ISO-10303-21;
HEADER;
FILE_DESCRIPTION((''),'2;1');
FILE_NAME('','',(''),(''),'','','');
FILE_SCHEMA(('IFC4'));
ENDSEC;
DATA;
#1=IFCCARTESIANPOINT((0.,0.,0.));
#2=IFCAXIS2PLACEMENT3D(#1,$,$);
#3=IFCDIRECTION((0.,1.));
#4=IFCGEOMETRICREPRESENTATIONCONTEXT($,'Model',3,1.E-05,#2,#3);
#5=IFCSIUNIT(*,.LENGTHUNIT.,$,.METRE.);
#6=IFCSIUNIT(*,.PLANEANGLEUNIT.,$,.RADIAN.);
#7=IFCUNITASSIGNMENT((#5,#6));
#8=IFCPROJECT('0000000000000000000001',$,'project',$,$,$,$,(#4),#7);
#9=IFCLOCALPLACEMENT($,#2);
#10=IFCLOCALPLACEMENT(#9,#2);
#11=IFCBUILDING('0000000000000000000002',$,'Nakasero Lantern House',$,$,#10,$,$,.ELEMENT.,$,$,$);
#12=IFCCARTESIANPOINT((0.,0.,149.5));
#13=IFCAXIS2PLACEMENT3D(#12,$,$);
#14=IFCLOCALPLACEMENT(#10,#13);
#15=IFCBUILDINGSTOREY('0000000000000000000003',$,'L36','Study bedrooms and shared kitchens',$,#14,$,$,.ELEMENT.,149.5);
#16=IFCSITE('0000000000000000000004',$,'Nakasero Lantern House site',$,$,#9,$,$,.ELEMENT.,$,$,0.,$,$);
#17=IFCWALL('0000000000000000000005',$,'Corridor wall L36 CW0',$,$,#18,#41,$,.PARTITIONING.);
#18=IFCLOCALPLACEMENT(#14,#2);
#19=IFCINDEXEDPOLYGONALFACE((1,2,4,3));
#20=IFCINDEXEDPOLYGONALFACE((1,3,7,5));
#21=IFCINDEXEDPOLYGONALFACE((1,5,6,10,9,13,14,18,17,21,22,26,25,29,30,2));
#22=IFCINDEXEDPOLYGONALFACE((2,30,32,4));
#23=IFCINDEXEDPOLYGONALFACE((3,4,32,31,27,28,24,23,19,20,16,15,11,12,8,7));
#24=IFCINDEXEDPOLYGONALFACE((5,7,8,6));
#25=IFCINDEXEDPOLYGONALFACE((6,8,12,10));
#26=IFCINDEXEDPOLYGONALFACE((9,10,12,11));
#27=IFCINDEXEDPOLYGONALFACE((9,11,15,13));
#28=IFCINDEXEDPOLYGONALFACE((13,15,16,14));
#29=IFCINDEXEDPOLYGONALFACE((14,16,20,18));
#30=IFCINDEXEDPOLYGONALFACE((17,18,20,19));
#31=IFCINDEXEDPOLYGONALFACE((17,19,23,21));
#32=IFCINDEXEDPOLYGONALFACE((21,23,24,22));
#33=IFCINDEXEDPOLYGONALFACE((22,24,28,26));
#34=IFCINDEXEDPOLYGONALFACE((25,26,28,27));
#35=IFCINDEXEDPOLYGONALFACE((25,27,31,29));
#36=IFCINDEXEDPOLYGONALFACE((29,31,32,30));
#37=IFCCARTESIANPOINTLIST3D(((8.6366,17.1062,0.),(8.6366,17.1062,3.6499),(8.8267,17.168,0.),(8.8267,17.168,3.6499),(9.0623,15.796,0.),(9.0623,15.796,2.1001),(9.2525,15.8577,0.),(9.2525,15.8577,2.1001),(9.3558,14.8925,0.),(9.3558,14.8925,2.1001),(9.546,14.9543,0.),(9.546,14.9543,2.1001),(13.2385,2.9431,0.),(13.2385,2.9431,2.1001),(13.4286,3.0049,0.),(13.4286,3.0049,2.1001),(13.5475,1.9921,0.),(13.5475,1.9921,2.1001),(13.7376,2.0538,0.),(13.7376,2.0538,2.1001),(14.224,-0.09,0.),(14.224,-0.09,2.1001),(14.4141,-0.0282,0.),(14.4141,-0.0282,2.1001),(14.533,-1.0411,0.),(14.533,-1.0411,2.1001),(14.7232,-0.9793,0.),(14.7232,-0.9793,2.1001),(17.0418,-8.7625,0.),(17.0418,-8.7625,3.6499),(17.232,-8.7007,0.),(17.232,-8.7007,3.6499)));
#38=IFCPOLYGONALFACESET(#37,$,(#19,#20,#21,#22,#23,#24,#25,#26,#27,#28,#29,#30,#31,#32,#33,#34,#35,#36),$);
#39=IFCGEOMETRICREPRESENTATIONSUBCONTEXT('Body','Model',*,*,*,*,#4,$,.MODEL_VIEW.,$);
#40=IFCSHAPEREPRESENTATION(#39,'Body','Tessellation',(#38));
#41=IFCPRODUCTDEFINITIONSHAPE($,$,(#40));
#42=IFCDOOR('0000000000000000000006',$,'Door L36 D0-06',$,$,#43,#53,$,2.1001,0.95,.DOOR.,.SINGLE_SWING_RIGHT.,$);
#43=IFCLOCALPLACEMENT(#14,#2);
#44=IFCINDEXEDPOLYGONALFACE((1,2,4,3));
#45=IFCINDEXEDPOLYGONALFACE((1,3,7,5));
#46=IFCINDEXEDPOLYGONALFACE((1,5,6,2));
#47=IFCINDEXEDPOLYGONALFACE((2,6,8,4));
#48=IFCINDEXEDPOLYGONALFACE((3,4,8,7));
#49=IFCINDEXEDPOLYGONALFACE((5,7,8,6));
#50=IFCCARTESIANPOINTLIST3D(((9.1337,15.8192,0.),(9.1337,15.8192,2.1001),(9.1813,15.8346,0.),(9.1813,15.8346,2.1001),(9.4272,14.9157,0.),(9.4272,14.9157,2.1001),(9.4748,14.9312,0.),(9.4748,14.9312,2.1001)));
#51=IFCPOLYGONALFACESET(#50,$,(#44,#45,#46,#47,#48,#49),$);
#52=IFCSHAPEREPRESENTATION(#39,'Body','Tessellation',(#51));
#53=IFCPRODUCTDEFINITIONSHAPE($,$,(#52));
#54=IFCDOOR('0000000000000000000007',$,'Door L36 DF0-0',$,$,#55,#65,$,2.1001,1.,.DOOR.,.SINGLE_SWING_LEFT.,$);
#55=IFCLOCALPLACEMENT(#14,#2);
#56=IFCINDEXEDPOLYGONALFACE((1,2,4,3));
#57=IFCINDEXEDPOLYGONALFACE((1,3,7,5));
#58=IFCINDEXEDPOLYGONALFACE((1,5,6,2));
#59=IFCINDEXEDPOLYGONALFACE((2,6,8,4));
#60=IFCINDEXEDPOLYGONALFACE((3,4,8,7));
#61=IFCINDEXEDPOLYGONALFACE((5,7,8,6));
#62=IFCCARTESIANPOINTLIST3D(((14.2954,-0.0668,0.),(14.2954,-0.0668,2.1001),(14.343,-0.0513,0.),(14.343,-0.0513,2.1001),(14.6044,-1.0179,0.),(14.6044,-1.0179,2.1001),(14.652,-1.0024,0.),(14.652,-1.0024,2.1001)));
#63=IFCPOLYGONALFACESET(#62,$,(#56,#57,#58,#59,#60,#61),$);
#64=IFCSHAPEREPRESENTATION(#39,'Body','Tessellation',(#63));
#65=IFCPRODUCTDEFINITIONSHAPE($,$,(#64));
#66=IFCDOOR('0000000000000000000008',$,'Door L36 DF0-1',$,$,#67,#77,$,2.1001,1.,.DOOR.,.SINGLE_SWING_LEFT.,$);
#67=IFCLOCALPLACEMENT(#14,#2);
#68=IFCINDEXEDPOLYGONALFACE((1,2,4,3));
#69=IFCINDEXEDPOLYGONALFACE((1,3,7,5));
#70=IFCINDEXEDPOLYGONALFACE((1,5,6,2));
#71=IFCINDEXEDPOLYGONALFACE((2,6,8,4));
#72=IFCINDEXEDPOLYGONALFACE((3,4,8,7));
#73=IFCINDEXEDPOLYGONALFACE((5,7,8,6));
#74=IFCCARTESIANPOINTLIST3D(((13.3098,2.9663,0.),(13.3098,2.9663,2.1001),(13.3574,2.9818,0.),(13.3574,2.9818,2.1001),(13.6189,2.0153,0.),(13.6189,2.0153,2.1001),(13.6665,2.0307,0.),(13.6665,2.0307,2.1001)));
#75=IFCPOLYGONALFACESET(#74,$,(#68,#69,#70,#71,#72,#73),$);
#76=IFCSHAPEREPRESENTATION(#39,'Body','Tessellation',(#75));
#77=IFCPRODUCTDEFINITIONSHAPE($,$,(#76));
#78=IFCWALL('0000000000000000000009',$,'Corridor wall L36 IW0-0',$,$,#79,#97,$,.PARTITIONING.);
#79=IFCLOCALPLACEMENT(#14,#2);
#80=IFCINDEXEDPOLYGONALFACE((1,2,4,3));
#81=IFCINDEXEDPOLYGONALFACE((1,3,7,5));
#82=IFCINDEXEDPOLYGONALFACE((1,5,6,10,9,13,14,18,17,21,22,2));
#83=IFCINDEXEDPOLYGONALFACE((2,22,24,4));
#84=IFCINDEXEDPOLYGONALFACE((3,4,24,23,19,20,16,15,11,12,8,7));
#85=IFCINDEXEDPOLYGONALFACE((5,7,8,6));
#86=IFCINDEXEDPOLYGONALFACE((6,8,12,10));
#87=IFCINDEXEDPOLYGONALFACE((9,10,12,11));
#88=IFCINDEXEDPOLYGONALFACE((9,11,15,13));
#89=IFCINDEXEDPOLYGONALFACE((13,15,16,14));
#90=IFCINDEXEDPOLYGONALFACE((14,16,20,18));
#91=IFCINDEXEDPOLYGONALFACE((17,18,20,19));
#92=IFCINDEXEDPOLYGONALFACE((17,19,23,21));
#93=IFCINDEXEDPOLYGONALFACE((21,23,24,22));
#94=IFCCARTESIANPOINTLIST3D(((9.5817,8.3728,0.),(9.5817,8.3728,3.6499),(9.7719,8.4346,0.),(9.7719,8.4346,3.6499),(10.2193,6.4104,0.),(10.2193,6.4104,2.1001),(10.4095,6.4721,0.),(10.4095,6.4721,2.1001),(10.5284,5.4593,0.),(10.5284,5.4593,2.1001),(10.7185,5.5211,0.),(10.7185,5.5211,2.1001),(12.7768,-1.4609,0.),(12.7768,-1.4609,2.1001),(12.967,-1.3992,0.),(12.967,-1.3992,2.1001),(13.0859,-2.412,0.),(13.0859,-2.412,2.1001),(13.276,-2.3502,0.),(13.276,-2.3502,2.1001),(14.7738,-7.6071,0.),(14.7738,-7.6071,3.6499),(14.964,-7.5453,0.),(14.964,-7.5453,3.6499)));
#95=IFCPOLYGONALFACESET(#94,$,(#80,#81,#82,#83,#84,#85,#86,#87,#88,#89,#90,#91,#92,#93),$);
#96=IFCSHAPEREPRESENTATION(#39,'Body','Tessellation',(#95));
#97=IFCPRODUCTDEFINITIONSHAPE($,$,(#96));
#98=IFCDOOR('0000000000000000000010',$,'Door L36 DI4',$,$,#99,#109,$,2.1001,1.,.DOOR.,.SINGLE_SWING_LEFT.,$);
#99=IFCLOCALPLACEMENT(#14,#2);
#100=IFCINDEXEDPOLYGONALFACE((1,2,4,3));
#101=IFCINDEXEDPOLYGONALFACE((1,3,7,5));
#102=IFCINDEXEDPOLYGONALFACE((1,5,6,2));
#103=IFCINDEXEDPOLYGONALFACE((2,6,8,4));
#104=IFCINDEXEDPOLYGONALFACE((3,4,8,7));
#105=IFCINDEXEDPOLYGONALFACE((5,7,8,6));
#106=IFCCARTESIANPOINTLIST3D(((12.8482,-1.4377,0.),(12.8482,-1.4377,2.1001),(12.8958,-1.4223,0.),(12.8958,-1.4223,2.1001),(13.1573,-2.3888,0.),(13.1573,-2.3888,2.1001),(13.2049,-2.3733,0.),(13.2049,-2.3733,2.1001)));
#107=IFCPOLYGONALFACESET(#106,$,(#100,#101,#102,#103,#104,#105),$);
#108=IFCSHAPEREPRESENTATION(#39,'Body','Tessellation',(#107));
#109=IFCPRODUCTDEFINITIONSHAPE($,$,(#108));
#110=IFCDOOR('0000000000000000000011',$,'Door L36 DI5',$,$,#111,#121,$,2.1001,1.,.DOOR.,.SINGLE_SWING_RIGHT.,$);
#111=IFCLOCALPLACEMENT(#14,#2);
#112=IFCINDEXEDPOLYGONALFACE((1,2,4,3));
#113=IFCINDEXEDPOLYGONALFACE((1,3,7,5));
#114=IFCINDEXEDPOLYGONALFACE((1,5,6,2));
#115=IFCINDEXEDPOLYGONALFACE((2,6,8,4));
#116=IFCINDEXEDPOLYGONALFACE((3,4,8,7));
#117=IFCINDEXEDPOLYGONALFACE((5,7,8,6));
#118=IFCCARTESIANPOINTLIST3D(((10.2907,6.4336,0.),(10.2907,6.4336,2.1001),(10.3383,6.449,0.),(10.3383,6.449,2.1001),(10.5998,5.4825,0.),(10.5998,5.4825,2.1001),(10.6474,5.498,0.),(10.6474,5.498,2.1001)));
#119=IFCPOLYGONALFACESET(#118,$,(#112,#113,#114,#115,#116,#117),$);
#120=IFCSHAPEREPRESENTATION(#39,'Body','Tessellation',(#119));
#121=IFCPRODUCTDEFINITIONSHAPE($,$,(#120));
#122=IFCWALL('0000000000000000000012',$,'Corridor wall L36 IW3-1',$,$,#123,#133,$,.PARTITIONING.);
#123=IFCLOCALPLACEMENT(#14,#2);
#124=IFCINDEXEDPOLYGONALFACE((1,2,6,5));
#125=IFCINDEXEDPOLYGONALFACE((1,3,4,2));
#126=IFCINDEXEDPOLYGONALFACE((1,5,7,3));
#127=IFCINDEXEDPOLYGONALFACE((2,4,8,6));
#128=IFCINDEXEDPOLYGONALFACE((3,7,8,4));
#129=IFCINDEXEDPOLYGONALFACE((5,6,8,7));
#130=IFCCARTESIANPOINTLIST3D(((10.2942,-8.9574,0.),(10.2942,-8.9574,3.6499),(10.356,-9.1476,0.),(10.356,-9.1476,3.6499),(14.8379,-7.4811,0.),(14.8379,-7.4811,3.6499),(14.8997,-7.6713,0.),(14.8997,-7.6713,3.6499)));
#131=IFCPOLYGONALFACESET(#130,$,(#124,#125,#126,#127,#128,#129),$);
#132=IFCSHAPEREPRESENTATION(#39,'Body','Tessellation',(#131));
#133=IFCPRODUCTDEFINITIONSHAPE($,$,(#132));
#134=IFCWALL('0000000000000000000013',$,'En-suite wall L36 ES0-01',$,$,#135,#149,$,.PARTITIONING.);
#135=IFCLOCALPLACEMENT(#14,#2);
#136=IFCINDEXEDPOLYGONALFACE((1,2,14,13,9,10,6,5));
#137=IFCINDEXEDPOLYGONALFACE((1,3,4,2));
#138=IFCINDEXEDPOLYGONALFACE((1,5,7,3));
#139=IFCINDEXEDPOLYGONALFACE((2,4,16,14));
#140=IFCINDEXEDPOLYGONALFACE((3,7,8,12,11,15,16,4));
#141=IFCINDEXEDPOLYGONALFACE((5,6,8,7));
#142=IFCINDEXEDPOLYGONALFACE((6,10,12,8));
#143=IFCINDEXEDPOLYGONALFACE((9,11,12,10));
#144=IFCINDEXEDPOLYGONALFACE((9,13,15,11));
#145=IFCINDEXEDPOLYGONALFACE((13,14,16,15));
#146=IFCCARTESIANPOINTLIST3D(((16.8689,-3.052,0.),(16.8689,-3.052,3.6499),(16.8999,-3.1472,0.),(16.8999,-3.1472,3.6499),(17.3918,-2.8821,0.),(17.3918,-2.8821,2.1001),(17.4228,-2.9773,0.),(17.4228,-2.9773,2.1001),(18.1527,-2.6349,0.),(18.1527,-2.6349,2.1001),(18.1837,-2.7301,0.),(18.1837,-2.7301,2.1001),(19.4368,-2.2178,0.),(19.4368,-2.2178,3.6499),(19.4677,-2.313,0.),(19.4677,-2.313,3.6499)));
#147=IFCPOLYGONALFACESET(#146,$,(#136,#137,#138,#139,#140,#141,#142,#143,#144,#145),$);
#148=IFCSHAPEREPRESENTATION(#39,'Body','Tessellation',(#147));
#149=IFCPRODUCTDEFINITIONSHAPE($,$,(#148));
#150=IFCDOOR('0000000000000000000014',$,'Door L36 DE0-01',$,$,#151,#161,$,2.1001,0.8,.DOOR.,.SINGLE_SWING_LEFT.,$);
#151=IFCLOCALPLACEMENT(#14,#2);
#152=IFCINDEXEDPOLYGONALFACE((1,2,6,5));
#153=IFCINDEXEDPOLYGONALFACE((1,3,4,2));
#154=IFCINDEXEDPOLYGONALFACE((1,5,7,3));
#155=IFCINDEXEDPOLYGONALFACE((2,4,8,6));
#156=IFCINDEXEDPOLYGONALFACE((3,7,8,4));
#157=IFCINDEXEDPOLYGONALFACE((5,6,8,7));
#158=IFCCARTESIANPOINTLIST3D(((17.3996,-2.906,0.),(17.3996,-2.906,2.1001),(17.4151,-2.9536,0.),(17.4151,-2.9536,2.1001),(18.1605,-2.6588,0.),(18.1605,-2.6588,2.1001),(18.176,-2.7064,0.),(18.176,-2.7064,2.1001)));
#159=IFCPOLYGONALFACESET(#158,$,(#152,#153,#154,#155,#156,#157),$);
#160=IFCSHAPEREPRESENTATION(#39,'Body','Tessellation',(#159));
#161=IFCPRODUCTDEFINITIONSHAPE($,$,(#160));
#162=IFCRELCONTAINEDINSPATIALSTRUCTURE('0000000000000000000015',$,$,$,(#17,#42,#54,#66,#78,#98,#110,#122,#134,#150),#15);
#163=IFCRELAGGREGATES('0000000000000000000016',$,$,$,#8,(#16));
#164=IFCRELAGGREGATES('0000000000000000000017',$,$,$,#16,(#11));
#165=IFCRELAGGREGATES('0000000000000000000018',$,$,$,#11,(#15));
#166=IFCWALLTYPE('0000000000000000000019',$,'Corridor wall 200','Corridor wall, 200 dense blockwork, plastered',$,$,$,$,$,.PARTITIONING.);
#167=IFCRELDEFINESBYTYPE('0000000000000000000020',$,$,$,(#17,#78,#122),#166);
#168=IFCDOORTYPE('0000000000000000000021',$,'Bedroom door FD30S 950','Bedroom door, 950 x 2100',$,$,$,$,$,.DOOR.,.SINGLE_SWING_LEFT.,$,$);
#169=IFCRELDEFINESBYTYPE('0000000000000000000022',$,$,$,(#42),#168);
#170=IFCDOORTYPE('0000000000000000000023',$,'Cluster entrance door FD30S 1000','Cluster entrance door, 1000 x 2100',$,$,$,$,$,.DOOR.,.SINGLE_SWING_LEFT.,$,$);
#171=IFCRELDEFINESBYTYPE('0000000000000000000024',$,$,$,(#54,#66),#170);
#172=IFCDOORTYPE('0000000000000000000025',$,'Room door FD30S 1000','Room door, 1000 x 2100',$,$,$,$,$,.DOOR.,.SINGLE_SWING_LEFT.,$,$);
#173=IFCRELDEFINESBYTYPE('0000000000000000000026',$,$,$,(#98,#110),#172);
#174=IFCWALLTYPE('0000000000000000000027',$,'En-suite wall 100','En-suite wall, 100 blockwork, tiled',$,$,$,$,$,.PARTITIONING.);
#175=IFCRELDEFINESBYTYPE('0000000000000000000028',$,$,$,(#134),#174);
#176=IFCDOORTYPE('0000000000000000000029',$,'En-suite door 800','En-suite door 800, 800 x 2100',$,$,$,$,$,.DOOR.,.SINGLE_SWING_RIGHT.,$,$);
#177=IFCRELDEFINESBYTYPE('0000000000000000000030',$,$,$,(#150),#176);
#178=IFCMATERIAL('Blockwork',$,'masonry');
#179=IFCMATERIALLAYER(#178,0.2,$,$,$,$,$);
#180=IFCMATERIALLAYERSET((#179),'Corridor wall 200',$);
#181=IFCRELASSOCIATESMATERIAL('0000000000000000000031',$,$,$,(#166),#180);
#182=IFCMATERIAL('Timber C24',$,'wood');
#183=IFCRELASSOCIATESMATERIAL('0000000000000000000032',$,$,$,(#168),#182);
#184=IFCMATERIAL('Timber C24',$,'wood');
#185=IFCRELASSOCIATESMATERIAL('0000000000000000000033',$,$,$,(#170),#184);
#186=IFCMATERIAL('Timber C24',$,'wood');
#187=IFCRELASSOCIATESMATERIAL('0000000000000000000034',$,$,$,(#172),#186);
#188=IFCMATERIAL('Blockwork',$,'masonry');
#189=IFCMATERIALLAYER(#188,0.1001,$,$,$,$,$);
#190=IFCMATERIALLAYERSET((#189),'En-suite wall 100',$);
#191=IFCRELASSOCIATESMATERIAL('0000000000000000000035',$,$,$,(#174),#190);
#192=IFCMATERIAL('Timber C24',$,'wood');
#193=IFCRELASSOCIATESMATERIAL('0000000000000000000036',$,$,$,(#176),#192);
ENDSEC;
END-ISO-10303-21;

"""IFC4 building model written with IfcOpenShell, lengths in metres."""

from ifc_helpers import new_model, si_unit, direction, frame, frame_2d, origin, place, context, subcontext, project, spatial, rectangle, extrude, material, layer, layer_set, type_object, element, fill, save


model = new_model("IFC4")

# Units and contexts
model_context = context("Model", 3, precision=1e-05, world=origin(), true_north=direction((0.0, 1.0)))
body_context = subcontext(model_context, "Body", "Model", "MODEL_VIEW")
ifc_project = project(units=[si_unit("LENGTHUNIT", "METRE"), si_unit("PLANEANGLEUNIT", "RADIAN")], contexts=[model_context])

# Site, building, storey
site_placement = place(None, origin())
site = spatial("IfcSite", under=ifc_project, at=site_placement, Name="Nakasero Lantern House site", CompositionType="ELEMENT", RefElevation=0.0)
building_placement = place(site_placement, origin())
building = spatial("IfcBuilding", under=site, at=building_placement, Name="Nakasero Lantern House", CompositionType="ELEMENT")
storey_placement = place(building_placement, frame((0.0, 0.0, 149.5)))
storey = spatial("IfcBuildingStorey", under=building, at=storey_placement, Name="L36", Description="Study bedrooms and shared kitchens", CompositionType="ELEMENT", Elevation=149.5)

# Walls, openings, doors
ifc_material_1 = material(Name="Blockwork", Category="masonry")
ifc_layer_1 = layer(ifc_material_1, 0.2)
ifc_layer_set_1 = layer_set([ifc_layer_1], Name="Corridor wall 200")
wall_type_1 = type_object("IfcWallType", Name="Corridor wall 200", Description="Corridor wall, 200 dense blockwork, plastered", PredefinedType="PARTITIONING", material=ifc_layer_set_1)
wall_1_placement = place(storey_placement, frame((17.137, -8.7317, 0.0), z_axis=(0.0, 0.0, 1.0), x_axis=(-0.309018, 0.951056, 0.0)))
wall_1 = element("IfcWall", 1, at=wall_1_placement, inside=storey, type_object=wall_type_1, Name="Corridor wall L36 CW0", PredefinedType="PARTITIONING", context=body_context, shape_type="SweptSolid", body=[
    extrude(rectangle(XDim=27.2, YDim=0.2, at=frame_2d((13.6001, 0.0))), origin(), (0.0, 0.0, 1.0), 3.6499),
])
opening_1_placement = place(wall_1_placement, frame((8.1189, 0.0, 0.0)))
opening_1 = element("IfcOpeningElement", 2, at=opening_1_placement, cuts=wall_1, PredefinedType="OPENING", context=body_context, shape_type="SweptSolid", body=[
    extrude(rectangle(XDim=1.0, YDim=2.1001, at=frame_2d((0.5, 1.05))), frame((0.0, 0.1199, 0.0), z_axis=(0.0, -1.0, 0.0), x_axis=(1.0, 0.0, 0.0)), (0.0, 0.0, 1.0), 0.24),
])
opening_2_placement = place(wall_1_placement, frame((11.3081, 0.0, 0.0)))
opening_2 = element("IfcOpeningElement", 3, at=opening_2_placement, cuts=wall_1, PredefinedType="OPENING", context=body_context, shape_type="SweptSolid", body=[
    extrude(rectangle(XDim=1.0, YDim=2.1001, at=frame_2d((0.5, 1.05))), frame((0.0, 0.1199, 0.0), z_axis=(0.0, -1.0, 0.0), x_axis=(1.0, 0.0, 0.0)), (0.0, 0.0, 1.0), 0.24),
])
opening_3_placement = place(wall_1_placement, frame((24.8723, 0.0, 0.0)))
opening_3 = element("IfcOpeningElement", 4, at=opening_3_placement, cuts=wall_1, PredefinedType="OPENING", context=body_context, shape_type="SweptSolid", body=[
    extrude(rectangle(XDim=0.95, YDim=2.1001, at=frame_2d((0.4751, 1.05))), frame((0.0, 0.1199, 0.0), z_axis=(0.0, -1.0, 0.0), x_axis=(1.0, 0.0, 0.0)), (0.0, 0.0, 1.0), 0.24),
])
ifc_material_2 = material(Name="Timber C24", Category="wood")
door_type_1 = type_object("IfcDoorType", Name="Bedroom door FD30S 950", Description="Bedroom door, 950 x 2100", OperationType="SINGLE_SWING_LEFT", PredefinedType="DOOR", material=ifc_material_2)
door_1_placement = place(opening_3_placement, origin())
door_1 = element("IfcDoor", 5, at=door_1_placement, inside=storey, type_object=door_type_1, Name="Door L36 D0-06", OperationType="SINGLE_SWING_RIGHT", OverallHeight=2.1001, OverallWidth=0.95, PredefinedType="DOOR", context=body_context, shape_type="SweptSolid", body=[
    extrude(rectangle(XDim=0.95, YDim=2.1001, at=frame_2d((0.4751, 1.05))), frame((0.0, 0.0249, 0.0), z_axis=(0.0, -1.0, 0.0), x_axis=(1.0, 0.0, 0.0)), (0.0, 0.0, 1.0), 0.05),
])
fill(opening_3, door_1)
ifc_material_3 = material(Name="Timber C24", Category="wood")
door_type_2 = type_object("IfcDoorType", Name="Cluster entrance door FD30S 1000", Description="Cluster entrance door, 1000 x 2100", OperationType="SINGLE_SWING_LEFT", PredefinedType="DOOR", material=ifc_material_3)
door_2_placement = place(opening_1_placement, origin())
door_2 = element("IfcDoor", 6, at=door_2_placement, inside=storey, type_object=door_type_2, Name="Door L36 DF0-0", OperationType="SINGLE_SWING_LEFT", OverallHeight=2.1001, OverallWidth=1.0, PredefinedType="DOOR", context=body_context, shape_type="SweptSolid", body=[
    extrude(rectangle(XDim=1.0, YDim=2.1001, at=frame_2d((0.5, 1.05))), frame((0.0, 0.0249, 0.0), z_axis=(0.0, -1.0, 0.0), x_axis=(1.0, 0.0, 0.0)), (0.0, 0.0, 1.0), 0.05),
])
fill(opening_1, door_2)
door_3_placement = place(opening_2_placement, origin())
door_3 = element("IfcDoor", 7, at=door_3_placement, inside=storey, type_object=door_type_2, Name="Door L36 DF0-1", OperationType="SINGLE_SWING_LEFT", OverallHeight=2.1001, OverallWidth=1.0, PredefinedType="DOOR", context=body_context, shape_type="SweptSolid", body=[
    extrude(rectangle(XDim=1.0, YDim=2.1001, at=frame_2d((0.5, 1.05))), frame((0.0, 0.0249, 0.0), z_axis=(0.0, -1.0, 0.0), x_axis=(1.0, 0.0, 0.0)), (0.0, 0.0, 1.0), 0.05),
])
fill(opening_2, door_3)
wall_2_placement = place(storey_placement, frame((14.8689, -7.5762, 0.0), z_axis=(0.0, 0.0, 1.0), x_axis=(-0.309013, 0.951058, 0.0)))
wall_2 = element("IfcWall", 8, at=wall_2_placement, inside=storey, type_object=wall_type_1, Name="Corridor wall L36 IW0-0", PredefinedType="PARTITIONING", context=body_context, shape_type="SweptSolid", body=[
    extrude(rectangle(XDim=16.8022, YDim=0.2, at=frame_2d((8.4011, 0.0))), origin(), (0.0, 0.0, 1.0), 3.6499),
])
opening_4_placement = place(wall_2_placement, frame((5.4624, 0.0, 0.0)))
opening_4 = element("IfcOpeningElement", 9, at=opening_4_placement, cuts=wall_2, PredefinedType="OPENING", context=body_context, shape_type="SweptSolid", body=[
    extrude(rectangle(XDim=1.0, YDim=2.1001, at=frame_2d((0.5, 1.05))), frame((0.0, 0.1199, 0.0), z_axis=(0.0, -1.0, 0.0), x_axis=(1.0, 0.0, 0.0)), (0.0, 0.0, 1.0), 0.24),
])
opening_5_placement = place(wall_2_placement, frame((13.7388, 0.0, 0.0)))
opening_5 = element("IfcOpeningElement", 10, at=opening_5_placement, cuts=wall_2, PredefinedType="OPENING", context=body_context, shape_type="SweptSolid", body=[
    extrude(rectangle(XDim=1.0, YDim=2.1001, at=frame_2d((0.5, 1.05))), frame((0.0, 0.1199, 0.0), z_axis=(0.0, -1.0, 0.0), x_axis=(1.0, 0.0, 0.0)), (0.0, 0.0, 1.0), 0.24),
])
ifc_material_4 = material(Name="Timber C24", Category="wood")
door_type_3 = type_object("IfcDoorType", Name="Room door FD30S 1000", Description="Room door, 1000 x 2100", OperationType="SINGLE_SWING_LEFT", PredefinedType="DOOR", material=ifc_material_4)
door_4_placement = place(opening_4_placement, origin())
door_4 = element("IfcDoor", 11, at=door_4_placement, inside=storey, type_object=door_type_3, Name="Door L36 DI4", OperationType="SINGLE_SWING_LEFT", OverallHeight=2.1001, OverallWidth=1.0, PredefinedType="DOOR", context=body_context, shape_type="SweptSolid", body=[
    extrude(rectangle(XDim=1.0, YDim=2.1001, at=frame_2d((0.5, 1.05))), frame((0.0, 0.0249, 0.0), z_axis=(0.0, -1.0, 0.0), x_axis=(1.0, 0.0, 0.0)), (0.0, 0.0, 1.0), 0.05),
])
fill(opening_4, door_4)
door_5_placement = place(opening_5_placement, origin())
door_5 = element("IfcDoor", 12, at=door_5_placement, inside=storey, type_object=door_type_3, Name="Door L36 DI5", OperationType="SINGLE_SWING_RIGHT", OverallHeight=2.1001, OverallWidth=1.0, PredefinedType="DOOR", context=body_context, shape_type="SweptSolid", body=[
    extrude(rectangle(XDim=1.0, YDim=2.1001, at=frame_2d((0.5, 1.05))), frame((0.0, 0.0249, 0.0), z_axis=(0.0, -1.0, 0.0), x_axis=(1.0, 0.0, 0.0)), (0.0, 0.0, 1.0), 0.05),
])
fill(opening_5, door_5)

# Wall
wall_3_placement = place(storey_placement, frame((10.3252, -9.0525, 0.0), z_axis=(0.0, 0.0, 1.0), x_axis=(0.951058, 0.309013, 0.0)))
element("IfcWall", 13, at=wall_3_placement, inside=storey, type_object=wall_type_1, Name="Corridor wall L36 IW3-1", PredefinedType="PARTITIONING", context=body_context, shape_type="SweptSolid", body=[
    extrude(rectangle(XDim=4.7776, YDim=0.2, at=frame_2d((2.3887, 0.0))), origin(), (0.0, 0.0, 1.0), 3.6499),
])

# Wall, opening, door
ifc_material_5 = material(Name="Blockwork", Category="masonry")
ifc_layer_2 = layer(ifc_material_5, 0.1001)
ifc_layer_set_2 = layer_set([ifc_layer_2], Name="En-suite wall 100")
wall_type_2 = type_object("IfcWallType", Name="En-suite wall 100", Description="En-suite wall, 100 blockwork, tiled", PredefinedType="PARTITIONING", material=ifc_layer_set_2)
wall_4_placement = place(storey_placement, frame((16.8843, -3.0996, 0.0), z_axis=(0.0, 0.0, 1.0), x_axis=(0.95107, 0.308976, 0.0)))
wall_4 = element("IfcWall", 14, at=wall_4_placement, inside=storey, type_object=wall_type_2, Name="En-suite wall L36 ES0-01", PredefinedType="PARTITIONING", context=body_context, shape_type="SweptSolid", body=[
    extrude(rectangle(XDim=2.7, YDim=0.1001, at=frame_2d((1.3501, 0.0))), origin(), (0.0, 0.0, 1.0), 3.6499),
])
opening_6_placement = place(wall_4_placement, frame((0.55, 0.0, 0.0)))
opening_6 = element("IfcOpeningElement", 15, at=opening_6_placement, cuts=wall_4, PredefinedType="OPENING", context=body_context, shape_type="SweptSolid", body=[
    extrude(rectangle(XDim=0.8, YDim=2.1001, at=frame_2d((0.3999, 1.05))), frame((0.0, 0.0701, 0.0), z_axis=(0.0, -1.0, 0.0), x_axis=(1.0, 0.0, 0.0)), (0.0, 0.0, 1.0), 0.1401),
])
ifc_material_6 = material(Name="Timber C24", Category="wood")
door_type_4 = type_object("IfcDoorType", Name="En-suite door 800", Description="En-suite door 800, 800 x 2100", OperationType="SINGLE_SWING_RIGHT", PredefinedType="DOOR", material=ifc_material_6)
door_6_placement = place(opening_6_placement, origin())
door_6 = element("IfcDoor", 16, at=door_6_placement, inside=storey, type_object=door_type_4, Name="Door L36 DE0-01", OperationType="SINGLE_SWING_LEFT", OverallHeight=2.1001, OverallWidth=0.8, PredefinedType="DOOR", context=body_context, shape_type="SweptSolid", body=[
    extrude(rectangle(XDim=0.8, YDim=2.1001, at=frame_2d((0.3999, 1.05))), frame((0.0, 0.0249, 0.0), z_axis=(0.0, -1.0, 0.0), x_axis=(1.0, 0.0, 0.0)), (0.0, 0.0, 1.0), 0.05),
])
fill(opening_6, door_6)

save(model, "model.ifc")
